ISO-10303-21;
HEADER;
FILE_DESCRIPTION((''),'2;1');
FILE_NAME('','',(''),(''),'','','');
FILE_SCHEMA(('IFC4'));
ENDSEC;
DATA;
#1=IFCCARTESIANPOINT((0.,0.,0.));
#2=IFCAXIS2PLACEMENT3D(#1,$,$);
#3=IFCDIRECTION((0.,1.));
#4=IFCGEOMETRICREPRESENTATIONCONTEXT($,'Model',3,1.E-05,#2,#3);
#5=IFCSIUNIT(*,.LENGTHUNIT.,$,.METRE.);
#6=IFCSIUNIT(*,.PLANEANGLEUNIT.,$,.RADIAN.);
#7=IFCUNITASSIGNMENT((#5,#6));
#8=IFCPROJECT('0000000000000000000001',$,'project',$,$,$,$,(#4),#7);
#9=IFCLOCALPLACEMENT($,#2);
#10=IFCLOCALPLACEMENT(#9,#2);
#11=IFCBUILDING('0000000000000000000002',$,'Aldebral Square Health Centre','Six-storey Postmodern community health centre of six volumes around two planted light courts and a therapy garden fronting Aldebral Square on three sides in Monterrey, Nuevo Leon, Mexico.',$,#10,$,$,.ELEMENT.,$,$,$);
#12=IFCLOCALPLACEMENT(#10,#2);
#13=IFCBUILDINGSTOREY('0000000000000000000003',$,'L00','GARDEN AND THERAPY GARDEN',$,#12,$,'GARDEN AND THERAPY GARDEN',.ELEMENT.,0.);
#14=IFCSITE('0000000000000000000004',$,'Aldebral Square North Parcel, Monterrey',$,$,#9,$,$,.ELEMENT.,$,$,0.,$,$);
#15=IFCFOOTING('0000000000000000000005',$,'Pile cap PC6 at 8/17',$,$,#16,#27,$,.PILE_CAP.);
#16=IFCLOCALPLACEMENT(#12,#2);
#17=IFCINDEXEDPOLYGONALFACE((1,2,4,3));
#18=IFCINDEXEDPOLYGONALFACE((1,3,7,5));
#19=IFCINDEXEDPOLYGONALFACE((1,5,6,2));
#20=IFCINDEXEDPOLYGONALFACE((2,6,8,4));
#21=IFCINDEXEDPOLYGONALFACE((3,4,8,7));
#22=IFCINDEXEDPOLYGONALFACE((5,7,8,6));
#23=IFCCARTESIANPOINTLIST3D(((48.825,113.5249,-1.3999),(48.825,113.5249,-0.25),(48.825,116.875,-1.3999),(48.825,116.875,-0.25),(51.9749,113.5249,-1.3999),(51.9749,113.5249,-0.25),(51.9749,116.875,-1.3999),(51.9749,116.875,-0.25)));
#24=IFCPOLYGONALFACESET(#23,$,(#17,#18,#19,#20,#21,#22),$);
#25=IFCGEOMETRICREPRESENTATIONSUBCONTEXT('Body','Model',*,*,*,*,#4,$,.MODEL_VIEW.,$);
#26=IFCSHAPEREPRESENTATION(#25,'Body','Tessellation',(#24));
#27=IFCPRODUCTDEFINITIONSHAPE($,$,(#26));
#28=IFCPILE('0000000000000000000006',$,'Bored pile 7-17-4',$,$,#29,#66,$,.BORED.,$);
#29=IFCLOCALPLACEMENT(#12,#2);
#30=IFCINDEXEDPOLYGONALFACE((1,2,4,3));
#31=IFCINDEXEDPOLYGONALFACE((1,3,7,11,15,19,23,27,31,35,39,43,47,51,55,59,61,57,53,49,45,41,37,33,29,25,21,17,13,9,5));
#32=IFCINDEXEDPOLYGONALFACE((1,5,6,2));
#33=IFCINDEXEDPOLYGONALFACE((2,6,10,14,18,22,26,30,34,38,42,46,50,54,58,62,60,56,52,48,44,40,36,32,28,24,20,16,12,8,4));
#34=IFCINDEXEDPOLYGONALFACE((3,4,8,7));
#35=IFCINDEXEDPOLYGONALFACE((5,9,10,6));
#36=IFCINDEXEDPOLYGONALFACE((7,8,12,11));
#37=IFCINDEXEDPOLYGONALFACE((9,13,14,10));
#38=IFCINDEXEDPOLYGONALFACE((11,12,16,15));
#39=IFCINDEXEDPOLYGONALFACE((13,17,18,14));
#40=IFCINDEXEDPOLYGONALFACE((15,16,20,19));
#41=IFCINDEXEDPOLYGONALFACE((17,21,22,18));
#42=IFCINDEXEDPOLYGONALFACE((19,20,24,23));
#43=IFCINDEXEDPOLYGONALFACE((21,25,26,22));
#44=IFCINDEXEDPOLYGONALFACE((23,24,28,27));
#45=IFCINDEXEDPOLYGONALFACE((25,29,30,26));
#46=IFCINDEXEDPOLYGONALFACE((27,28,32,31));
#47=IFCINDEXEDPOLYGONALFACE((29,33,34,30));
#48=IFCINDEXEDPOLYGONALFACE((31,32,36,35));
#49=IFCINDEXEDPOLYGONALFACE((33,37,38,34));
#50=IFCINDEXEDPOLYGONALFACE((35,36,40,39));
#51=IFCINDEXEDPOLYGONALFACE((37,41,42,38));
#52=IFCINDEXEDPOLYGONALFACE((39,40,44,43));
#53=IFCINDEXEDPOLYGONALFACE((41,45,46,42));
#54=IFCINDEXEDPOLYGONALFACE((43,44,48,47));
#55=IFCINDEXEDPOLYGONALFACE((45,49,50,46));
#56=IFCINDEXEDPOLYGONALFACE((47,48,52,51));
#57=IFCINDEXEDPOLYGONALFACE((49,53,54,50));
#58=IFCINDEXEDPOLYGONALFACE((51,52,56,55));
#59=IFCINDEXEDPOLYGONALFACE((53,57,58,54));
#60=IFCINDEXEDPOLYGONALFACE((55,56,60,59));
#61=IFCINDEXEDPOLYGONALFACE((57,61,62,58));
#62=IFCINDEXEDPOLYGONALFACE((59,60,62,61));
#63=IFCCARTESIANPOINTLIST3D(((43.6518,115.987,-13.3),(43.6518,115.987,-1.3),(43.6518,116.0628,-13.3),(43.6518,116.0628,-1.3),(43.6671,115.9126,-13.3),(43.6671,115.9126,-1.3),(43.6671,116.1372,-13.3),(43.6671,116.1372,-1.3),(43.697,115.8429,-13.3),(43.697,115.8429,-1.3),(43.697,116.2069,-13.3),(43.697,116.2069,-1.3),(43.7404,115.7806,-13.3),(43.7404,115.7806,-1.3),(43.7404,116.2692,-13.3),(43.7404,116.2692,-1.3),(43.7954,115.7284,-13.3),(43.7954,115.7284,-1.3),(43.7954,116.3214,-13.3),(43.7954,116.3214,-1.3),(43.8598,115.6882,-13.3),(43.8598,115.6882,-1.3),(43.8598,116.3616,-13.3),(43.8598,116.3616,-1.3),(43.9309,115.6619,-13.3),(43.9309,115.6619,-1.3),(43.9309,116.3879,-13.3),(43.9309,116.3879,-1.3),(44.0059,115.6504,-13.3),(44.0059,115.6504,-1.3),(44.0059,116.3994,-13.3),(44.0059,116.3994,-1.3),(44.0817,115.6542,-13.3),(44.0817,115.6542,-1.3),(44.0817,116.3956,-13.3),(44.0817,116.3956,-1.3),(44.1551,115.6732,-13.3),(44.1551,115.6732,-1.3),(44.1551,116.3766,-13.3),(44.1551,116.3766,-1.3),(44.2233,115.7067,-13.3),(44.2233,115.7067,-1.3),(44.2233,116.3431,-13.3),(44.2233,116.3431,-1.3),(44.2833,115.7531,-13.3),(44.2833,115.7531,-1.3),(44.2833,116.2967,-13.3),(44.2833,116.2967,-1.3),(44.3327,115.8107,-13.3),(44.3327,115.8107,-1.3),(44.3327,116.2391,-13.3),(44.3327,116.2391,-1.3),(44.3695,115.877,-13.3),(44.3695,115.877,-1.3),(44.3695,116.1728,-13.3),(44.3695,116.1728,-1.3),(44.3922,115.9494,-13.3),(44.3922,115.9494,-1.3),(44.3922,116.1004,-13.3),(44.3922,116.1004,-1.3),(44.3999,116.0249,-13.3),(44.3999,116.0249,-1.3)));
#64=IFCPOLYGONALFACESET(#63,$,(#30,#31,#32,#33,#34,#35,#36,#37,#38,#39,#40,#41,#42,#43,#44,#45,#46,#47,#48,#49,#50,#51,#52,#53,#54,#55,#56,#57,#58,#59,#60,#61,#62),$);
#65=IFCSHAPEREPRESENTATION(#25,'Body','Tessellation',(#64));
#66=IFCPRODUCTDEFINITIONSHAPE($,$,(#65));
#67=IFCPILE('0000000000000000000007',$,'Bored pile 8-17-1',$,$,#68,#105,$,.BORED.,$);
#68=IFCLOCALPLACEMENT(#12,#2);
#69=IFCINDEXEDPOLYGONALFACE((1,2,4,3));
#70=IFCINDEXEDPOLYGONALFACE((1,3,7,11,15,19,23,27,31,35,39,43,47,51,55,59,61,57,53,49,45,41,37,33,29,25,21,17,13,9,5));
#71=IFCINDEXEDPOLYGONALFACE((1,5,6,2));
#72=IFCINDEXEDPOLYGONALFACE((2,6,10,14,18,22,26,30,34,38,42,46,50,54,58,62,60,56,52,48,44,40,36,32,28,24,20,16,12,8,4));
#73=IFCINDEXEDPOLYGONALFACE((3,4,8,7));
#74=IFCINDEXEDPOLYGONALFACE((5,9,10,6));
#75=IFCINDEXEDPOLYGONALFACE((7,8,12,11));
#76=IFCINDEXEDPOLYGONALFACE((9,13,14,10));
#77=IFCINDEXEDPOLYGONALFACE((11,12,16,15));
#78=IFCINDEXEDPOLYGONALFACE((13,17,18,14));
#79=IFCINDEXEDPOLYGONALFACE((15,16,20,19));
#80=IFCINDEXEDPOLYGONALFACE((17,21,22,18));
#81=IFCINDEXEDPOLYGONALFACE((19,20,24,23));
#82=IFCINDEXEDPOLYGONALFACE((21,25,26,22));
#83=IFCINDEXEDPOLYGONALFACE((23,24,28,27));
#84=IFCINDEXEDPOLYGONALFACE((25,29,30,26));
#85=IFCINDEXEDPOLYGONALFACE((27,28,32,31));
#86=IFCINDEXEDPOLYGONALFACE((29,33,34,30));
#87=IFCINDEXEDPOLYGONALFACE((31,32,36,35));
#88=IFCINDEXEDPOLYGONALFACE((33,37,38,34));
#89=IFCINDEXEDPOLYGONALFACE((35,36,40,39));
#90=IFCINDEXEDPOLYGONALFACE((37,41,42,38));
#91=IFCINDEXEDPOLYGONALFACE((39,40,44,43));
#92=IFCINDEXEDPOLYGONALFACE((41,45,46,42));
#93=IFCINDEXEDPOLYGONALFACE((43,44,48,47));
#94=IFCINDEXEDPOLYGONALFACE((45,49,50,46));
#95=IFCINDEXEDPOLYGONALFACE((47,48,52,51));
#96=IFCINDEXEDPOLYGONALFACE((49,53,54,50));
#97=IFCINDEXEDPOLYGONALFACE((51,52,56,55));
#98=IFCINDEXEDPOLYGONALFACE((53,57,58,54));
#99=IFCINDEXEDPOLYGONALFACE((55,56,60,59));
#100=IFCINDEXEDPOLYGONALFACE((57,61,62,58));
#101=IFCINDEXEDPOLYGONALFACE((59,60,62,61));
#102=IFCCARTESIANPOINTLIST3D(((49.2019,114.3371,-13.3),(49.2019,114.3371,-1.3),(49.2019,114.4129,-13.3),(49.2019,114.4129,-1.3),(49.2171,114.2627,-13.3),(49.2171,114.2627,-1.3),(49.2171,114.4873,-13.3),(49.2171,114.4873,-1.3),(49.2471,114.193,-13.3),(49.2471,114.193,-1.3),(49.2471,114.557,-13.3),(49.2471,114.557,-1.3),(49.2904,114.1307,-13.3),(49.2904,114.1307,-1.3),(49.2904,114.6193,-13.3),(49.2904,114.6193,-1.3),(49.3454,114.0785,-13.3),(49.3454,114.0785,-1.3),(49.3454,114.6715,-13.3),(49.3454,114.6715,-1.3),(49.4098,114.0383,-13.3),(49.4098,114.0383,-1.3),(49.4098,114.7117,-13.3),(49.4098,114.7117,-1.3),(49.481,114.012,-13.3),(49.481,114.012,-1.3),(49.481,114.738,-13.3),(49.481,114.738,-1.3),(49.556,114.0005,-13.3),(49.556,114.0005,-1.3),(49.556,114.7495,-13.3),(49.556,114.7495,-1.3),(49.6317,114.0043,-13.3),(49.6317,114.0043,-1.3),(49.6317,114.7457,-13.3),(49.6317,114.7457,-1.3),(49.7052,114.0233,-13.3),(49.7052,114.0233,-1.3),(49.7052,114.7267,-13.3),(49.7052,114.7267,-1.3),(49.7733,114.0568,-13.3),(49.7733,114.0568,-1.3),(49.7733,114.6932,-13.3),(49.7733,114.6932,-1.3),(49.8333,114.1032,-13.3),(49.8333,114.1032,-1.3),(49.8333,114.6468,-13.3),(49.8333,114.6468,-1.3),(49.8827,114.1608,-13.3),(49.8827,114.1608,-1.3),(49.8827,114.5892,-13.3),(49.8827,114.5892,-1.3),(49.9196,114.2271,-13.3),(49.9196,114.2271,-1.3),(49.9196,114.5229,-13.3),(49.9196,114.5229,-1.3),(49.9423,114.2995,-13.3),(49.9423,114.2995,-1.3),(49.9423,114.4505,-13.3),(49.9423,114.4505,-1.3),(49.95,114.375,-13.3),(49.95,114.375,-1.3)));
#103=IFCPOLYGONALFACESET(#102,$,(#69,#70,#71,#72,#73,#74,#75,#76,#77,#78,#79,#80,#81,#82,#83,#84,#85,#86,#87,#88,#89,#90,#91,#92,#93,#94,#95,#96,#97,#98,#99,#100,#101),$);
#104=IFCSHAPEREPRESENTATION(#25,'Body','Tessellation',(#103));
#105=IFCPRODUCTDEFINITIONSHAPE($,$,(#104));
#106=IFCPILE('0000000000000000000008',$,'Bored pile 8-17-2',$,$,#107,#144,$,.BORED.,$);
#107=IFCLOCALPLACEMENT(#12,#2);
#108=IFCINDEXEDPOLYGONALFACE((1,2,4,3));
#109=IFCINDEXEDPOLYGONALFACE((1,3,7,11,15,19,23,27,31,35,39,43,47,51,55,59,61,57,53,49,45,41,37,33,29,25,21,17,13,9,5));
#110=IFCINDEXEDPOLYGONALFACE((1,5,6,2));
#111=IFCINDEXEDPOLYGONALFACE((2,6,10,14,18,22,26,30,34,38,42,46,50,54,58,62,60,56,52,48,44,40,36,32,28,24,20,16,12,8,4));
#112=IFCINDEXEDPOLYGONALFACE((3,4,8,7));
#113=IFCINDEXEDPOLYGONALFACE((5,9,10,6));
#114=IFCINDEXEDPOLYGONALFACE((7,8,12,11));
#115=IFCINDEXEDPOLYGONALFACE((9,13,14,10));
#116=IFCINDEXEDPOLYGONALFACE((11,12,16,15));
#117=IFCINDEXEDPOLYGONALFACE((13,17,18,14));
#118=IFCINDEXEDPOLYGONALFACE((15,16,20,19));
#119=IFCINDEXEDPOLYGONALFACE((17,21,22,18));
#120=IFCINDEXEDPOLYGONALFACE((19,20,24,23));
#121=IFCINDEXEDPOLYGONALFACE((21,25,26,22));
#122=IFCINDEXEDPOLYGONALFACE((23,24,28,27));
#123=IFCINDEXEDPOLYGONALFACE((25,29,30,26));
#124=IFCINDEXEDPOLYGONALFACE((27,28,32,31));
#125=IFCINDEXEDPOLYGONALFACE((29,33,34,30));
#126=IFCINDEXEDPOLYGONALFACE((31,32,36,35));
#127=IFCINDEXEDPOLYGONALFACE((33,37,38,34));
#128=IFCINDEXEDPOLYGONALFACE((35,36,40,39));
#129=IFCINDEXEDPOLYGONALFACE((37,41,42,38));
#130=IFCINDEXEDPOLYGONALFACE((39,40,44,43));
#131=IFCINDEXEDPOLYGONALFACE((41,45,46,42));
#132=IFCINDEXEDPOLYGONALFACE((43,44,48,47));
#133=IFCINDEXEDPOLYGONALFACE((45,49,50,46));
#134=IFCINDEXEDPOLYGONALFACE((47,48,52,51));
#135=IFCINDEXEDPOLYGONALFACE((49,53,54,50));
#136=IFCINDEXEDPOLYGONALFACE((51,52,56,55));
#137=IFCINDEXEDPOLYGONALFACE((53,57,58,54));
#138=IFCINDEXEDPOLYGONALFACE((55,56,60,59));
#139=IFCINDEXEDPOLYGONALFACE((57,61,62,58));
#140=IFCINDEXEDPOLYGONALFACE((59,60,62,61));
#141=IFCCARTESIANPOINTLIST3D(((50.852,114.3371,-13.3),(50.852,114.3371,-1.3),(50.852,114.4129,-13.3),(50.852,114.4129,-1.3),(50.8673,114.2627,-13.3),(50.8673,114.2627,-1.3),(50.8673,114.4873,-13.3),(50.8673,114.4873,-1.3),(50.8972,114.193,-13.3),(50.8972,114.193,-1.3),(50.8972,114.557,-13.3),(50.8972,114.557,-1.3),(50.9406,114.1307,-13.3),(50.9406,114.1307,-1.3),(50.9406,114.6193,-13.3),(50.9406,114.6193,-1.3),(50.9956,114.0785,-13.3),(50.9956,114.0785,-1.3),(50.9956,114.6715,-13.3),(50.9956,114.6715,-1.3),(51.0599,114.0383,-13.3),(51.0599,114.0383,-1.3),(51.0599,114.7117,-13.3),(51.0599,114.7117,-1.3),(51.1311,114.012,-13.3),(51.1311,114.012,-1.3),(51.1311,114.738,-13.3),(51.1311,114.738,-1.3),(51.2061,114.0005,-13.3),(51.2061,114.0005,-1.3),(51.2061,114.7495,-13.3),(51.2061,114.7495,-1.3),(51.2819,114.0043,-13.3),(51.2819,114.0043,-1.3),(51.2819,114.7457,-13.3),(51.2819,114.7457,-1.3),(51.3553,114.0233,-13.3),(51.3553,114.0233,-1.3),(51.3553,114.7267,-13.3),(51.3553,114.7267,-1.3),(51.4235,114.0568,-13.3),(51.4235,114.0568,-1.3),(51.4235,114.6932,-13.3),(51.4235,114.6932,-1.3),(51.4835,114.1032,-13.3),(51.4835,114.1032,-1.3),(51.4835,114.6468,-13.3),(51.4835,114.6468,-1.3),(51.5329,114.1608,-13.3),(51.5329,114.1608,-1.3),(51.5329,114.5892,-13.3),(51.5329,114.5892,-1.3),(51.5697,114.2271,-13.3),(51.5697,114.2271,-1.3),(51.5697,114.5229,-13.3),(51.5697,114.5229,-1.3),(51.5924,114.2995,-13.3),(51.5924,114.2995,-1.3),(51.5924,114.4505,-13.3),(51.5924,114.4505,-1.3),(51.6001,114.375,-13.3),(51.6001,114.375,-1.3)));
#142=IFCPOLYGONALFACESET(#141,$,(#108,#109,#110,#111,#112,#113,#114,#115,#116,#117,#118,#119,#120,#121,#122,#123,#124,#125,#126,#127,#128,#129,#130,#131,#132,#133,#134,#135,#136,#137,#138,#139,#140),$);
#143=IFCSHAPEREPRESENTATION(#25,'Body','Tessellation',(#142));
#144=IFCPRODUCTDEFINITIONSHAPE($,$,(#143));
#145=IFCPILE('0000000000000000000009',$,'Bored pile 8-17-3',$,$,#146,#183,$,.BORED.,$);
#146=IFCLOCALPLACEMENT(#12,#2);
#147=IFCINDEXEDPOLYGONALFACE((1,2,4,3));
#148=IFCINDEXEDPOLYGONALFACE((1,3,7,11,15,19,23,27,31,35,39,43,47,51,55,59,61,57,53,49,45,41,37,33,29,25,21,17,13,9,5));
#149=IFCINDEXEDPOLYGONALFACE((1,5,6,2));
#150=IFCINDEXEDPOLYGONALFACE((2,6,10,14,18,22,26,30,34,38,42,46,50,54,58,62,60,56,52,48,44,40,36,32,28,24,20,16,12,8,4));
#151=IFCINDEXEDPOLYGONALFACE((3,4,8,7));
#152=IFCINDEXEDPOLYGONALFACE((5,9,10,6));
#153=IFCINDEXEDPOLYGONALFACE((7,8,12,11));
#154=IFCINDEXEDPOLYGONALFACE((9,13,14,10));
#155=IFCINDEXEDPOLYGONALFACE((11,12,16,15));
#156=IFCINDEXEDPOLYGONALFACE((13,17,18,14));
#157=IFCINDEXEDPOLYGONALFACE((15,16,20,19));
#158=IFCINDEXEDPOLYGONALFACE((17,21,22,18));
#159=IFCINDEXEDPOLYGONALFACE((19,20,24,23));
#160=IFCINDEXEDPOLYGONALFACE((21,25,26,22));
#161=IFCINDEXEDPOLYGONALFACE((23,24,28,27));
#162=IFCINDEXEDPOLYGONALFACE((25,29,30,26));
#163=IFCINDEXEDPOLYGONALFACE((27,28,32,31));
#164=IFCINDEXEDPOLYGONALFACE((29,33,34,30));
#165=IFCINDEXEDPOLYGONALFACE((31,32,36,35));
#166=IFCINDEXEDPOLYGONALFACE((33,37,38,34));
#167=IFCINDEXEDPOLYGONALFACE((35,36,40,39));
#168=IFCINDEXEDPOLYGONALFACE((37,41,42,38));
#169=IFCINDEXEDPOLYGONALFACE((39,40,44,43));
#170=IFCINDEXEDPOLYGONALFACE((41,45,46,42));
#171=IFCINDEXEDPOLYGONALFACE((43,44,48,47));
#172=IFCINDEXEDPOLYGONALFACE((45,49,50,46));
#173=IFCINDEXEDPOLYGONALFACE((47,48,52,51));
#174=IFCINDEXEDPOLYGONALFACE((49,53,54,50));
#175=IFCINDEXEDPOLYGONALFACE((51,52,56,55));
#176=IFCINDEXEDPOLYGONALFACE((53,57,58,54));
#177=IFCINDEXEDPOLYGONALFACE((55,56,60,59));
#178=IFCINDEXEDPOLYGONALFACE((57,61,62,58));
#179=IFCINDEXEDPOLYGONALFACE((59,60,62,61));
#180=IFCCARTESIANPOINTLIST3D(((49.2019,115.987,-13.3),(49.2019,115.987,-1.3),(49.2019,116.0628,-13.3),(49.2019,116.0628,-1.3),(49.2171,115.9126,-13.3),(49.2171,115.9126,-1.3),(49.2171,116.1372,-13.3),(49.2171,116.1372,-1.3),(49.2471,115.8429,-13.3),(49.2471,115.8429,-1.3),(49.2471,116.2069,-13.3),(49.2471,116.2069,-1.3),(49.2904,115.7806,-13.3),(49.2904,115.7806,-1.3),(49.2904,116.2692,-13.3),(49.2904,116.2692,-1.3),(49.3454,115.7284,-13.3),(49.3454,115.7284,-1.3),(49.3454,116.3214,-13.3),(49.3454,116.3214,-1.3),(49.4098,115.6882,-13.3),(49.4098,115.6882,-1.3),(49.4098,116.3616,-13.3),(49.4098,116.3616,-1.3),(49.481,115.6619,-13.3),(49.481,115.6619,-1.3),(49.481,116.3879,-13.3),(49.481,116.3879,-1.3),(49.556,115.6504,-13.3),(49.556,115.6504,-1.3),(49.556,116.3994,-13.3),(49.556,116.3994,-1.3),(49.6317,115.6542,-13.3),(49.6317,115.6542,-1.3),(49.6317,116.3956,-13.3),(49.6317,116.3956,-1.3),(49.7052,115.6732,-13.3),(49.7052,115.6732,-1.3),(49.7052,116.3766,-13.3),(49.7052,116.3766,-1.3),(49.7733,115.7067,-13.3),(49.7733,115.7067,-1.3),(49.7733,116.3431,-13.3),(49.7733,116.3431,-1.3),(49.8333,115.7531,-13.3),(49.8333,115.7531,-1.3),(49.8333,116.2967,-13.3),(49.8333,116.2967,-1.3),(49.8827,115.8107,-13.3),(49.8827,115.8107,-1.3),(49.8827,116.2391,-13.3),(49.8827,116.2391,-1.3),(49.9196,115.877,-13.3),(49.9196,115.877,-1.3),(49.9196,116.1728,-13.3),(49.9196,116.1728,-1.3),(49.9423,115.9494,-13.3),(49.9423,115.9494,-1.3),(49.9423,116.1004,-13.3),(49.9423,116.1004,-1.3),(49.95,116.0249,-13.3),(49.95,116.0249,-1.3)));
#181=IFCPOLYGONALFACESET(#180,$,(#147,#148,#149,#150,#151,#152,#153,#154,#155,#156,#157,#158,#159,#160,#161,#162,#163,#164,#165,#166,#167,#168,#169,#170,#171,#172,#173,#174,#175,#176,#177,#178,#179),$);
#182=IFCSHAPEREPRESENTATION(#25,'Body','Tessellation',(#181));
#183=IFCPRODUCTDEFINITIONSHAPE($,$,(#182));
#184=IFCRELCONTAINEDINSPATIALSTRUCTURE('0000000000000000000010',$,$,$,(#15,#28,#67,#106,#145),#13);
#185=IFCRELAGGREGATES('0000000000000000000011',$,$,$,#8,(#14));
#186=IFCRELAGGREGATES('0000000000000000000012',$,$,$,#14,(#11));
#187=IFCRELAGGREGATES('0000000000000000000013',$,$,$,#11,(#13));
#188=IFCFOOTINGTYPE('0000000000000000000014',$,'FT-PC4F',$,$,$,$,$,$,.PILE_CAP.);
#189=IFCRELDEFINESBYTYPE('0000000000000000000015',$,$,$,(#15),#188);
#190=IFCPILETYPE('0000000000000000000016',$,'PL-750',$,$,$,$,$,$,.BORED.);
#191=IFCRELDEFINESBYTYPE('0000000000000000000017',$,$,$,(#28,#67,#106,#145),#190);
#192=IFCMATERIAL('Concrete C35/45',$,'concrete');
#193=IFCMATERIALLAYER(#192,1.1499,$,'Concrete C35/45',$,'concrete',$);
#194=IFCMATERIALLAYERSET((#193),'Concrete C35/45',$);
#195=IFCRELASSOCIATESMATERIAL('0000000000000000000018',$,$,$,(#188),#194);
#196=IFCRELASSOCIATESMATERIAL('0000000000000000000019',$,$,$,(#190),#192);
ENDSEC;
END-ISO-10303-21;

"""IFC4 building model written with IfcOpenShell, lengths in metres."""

from ifc_helpers import new_model, si_unit, direction, frame, origin, origin_2d, place, context, subcontext, project, spatial, rectangle, circle, extrude, material, layer, layer_set, material_profile, profile_set, type_object, element, save


model = new_model("IFC4")

# Units and contexts
model_context = context("Model", 3, precision=1e-05, world=origin(), true_north=direction((0.0, 1.0)))
body_context = subcontext(model_context, "Body", "Model", "MODEL_VIEW")
ifc_project = project(units=[si_unit("LENGTHUNIT", "METRE"), si_unit("PLANEANGLEUNIT", "RADIAN")], contexts=[model_context])

# Site, building, storey
site_placement = place(None, origin())
site = spatial("IfcSite", under=ifc_project, at=site_placement, Name="Aldebral Square North Parcel, Monterrey", CompositionType="ELEMENT", RefElevation=0.0)
building_placement = place(site_placement, origin())
building = spatial("IfcBuilding", under=site, at=building_placement, Name="Aldebral Square Health Centre", Description="Six-storey Postmodern community health centre of six volumes around two planted light courts and a therapy garden fronting Aldebral Square on three sides in Monterrey, Nuevo Leon, Mexico.", CompositionType="ELEMENT")
storey_placement = place(building_placement, origin())
storey = spatial("IfcBuildingStorey", under=building, at=storey_placement, Name="L00", Description="GARDEN AND THERAPY GARDEN", LongName="GARDEN AND THERAPY GARDEN", CompositionType="ELEMENT", Elevation=0.0)

# Footing
ifc_material_1 = material(Name="Concrete C35/45", Category="concrete")
ifc_layer_1 = layer(ifc_material_1, 1.1499, Name="Concrete C35/45", Category="concrete")
ifc_layer_set_1 = layer_set([ifc_layer_1], Name="Concrete C35/45")
footing_type = type_object("IfcFootingType", Name="FT-PC4F", PredefinedType="PILE_CAP", material=ifc_layer_set_1)
footing_placement = place(storey_placement, frame((50.3999, 115.2, -1.3999), z_axis=(0.0, 0.0, 1.0), x_axis=(1.0, 0.0, 0.0)))
element("IfcFooting", 1, at=footing_placement, inside=storey, type_object=footing_type, Name="Pile cap PC6 at 8/17", PredefinedType="PILE_CAP", context=body_context, shape_type="SweptSolid", body=[
    extrude(rectangle(XDim=3.1499, YDim=3.3501, at=origin_2d()), origin(), (0.0, 0.0, 1.0), 1.1499),
])

# Piles
ifc_material_profile_1 = material_profile(ifc_material_1, circle(Radius=0.375, at=origin_2d()), Name="PILE D750")
ifc_profile_set_1 = profile_set([ifc_material_profile_1], Name="Concrete C35/45")
pile_type = type_object("IfcPileType", Name="PL-750", PredefinedType="BORED", material=ifc_profile_set_1)
for number, where, z_axis, x_axis, name in (
    (2, (44.0249, 116.0249, -1.3), (0.0, 0.0, -1.0), (1.0, 0.0, 0.0), "Bored pile 7-17-4"),
    (3, (49.575, 114.375, -1.3), (0.0, 0.0, -1.0), (1.0, 0.0, 0.0), "Bored pile 8-17-1"),
    (4, (51.2251, 114.375, -1.3), (0.0, 0.0, -1.0), (1.0, 0.0, 0.0), "Bored pile 8-17-2"),
    (5, (49.575, 116.0249, -1.3), (0.0, 0.0, -1.0), (1.0, 0.0, 0.0), "Bored pile 8-17-3"),
):
    element("IfcPile", number, at=place(storey_placement, frame(where, z_axis=z_axis, x_axis=x_axis)), inside=storey, type_object=pile_type, Name=name, PredefinedType="BORED", context=body_context, shape_type="SweptSolid", body=[
        extrude(circle(Radius=0.375, at=origin_2d()), origin(), (0.0, 0.0, 1.0), 12.0),
    ])

save(model, "model.ifc")
